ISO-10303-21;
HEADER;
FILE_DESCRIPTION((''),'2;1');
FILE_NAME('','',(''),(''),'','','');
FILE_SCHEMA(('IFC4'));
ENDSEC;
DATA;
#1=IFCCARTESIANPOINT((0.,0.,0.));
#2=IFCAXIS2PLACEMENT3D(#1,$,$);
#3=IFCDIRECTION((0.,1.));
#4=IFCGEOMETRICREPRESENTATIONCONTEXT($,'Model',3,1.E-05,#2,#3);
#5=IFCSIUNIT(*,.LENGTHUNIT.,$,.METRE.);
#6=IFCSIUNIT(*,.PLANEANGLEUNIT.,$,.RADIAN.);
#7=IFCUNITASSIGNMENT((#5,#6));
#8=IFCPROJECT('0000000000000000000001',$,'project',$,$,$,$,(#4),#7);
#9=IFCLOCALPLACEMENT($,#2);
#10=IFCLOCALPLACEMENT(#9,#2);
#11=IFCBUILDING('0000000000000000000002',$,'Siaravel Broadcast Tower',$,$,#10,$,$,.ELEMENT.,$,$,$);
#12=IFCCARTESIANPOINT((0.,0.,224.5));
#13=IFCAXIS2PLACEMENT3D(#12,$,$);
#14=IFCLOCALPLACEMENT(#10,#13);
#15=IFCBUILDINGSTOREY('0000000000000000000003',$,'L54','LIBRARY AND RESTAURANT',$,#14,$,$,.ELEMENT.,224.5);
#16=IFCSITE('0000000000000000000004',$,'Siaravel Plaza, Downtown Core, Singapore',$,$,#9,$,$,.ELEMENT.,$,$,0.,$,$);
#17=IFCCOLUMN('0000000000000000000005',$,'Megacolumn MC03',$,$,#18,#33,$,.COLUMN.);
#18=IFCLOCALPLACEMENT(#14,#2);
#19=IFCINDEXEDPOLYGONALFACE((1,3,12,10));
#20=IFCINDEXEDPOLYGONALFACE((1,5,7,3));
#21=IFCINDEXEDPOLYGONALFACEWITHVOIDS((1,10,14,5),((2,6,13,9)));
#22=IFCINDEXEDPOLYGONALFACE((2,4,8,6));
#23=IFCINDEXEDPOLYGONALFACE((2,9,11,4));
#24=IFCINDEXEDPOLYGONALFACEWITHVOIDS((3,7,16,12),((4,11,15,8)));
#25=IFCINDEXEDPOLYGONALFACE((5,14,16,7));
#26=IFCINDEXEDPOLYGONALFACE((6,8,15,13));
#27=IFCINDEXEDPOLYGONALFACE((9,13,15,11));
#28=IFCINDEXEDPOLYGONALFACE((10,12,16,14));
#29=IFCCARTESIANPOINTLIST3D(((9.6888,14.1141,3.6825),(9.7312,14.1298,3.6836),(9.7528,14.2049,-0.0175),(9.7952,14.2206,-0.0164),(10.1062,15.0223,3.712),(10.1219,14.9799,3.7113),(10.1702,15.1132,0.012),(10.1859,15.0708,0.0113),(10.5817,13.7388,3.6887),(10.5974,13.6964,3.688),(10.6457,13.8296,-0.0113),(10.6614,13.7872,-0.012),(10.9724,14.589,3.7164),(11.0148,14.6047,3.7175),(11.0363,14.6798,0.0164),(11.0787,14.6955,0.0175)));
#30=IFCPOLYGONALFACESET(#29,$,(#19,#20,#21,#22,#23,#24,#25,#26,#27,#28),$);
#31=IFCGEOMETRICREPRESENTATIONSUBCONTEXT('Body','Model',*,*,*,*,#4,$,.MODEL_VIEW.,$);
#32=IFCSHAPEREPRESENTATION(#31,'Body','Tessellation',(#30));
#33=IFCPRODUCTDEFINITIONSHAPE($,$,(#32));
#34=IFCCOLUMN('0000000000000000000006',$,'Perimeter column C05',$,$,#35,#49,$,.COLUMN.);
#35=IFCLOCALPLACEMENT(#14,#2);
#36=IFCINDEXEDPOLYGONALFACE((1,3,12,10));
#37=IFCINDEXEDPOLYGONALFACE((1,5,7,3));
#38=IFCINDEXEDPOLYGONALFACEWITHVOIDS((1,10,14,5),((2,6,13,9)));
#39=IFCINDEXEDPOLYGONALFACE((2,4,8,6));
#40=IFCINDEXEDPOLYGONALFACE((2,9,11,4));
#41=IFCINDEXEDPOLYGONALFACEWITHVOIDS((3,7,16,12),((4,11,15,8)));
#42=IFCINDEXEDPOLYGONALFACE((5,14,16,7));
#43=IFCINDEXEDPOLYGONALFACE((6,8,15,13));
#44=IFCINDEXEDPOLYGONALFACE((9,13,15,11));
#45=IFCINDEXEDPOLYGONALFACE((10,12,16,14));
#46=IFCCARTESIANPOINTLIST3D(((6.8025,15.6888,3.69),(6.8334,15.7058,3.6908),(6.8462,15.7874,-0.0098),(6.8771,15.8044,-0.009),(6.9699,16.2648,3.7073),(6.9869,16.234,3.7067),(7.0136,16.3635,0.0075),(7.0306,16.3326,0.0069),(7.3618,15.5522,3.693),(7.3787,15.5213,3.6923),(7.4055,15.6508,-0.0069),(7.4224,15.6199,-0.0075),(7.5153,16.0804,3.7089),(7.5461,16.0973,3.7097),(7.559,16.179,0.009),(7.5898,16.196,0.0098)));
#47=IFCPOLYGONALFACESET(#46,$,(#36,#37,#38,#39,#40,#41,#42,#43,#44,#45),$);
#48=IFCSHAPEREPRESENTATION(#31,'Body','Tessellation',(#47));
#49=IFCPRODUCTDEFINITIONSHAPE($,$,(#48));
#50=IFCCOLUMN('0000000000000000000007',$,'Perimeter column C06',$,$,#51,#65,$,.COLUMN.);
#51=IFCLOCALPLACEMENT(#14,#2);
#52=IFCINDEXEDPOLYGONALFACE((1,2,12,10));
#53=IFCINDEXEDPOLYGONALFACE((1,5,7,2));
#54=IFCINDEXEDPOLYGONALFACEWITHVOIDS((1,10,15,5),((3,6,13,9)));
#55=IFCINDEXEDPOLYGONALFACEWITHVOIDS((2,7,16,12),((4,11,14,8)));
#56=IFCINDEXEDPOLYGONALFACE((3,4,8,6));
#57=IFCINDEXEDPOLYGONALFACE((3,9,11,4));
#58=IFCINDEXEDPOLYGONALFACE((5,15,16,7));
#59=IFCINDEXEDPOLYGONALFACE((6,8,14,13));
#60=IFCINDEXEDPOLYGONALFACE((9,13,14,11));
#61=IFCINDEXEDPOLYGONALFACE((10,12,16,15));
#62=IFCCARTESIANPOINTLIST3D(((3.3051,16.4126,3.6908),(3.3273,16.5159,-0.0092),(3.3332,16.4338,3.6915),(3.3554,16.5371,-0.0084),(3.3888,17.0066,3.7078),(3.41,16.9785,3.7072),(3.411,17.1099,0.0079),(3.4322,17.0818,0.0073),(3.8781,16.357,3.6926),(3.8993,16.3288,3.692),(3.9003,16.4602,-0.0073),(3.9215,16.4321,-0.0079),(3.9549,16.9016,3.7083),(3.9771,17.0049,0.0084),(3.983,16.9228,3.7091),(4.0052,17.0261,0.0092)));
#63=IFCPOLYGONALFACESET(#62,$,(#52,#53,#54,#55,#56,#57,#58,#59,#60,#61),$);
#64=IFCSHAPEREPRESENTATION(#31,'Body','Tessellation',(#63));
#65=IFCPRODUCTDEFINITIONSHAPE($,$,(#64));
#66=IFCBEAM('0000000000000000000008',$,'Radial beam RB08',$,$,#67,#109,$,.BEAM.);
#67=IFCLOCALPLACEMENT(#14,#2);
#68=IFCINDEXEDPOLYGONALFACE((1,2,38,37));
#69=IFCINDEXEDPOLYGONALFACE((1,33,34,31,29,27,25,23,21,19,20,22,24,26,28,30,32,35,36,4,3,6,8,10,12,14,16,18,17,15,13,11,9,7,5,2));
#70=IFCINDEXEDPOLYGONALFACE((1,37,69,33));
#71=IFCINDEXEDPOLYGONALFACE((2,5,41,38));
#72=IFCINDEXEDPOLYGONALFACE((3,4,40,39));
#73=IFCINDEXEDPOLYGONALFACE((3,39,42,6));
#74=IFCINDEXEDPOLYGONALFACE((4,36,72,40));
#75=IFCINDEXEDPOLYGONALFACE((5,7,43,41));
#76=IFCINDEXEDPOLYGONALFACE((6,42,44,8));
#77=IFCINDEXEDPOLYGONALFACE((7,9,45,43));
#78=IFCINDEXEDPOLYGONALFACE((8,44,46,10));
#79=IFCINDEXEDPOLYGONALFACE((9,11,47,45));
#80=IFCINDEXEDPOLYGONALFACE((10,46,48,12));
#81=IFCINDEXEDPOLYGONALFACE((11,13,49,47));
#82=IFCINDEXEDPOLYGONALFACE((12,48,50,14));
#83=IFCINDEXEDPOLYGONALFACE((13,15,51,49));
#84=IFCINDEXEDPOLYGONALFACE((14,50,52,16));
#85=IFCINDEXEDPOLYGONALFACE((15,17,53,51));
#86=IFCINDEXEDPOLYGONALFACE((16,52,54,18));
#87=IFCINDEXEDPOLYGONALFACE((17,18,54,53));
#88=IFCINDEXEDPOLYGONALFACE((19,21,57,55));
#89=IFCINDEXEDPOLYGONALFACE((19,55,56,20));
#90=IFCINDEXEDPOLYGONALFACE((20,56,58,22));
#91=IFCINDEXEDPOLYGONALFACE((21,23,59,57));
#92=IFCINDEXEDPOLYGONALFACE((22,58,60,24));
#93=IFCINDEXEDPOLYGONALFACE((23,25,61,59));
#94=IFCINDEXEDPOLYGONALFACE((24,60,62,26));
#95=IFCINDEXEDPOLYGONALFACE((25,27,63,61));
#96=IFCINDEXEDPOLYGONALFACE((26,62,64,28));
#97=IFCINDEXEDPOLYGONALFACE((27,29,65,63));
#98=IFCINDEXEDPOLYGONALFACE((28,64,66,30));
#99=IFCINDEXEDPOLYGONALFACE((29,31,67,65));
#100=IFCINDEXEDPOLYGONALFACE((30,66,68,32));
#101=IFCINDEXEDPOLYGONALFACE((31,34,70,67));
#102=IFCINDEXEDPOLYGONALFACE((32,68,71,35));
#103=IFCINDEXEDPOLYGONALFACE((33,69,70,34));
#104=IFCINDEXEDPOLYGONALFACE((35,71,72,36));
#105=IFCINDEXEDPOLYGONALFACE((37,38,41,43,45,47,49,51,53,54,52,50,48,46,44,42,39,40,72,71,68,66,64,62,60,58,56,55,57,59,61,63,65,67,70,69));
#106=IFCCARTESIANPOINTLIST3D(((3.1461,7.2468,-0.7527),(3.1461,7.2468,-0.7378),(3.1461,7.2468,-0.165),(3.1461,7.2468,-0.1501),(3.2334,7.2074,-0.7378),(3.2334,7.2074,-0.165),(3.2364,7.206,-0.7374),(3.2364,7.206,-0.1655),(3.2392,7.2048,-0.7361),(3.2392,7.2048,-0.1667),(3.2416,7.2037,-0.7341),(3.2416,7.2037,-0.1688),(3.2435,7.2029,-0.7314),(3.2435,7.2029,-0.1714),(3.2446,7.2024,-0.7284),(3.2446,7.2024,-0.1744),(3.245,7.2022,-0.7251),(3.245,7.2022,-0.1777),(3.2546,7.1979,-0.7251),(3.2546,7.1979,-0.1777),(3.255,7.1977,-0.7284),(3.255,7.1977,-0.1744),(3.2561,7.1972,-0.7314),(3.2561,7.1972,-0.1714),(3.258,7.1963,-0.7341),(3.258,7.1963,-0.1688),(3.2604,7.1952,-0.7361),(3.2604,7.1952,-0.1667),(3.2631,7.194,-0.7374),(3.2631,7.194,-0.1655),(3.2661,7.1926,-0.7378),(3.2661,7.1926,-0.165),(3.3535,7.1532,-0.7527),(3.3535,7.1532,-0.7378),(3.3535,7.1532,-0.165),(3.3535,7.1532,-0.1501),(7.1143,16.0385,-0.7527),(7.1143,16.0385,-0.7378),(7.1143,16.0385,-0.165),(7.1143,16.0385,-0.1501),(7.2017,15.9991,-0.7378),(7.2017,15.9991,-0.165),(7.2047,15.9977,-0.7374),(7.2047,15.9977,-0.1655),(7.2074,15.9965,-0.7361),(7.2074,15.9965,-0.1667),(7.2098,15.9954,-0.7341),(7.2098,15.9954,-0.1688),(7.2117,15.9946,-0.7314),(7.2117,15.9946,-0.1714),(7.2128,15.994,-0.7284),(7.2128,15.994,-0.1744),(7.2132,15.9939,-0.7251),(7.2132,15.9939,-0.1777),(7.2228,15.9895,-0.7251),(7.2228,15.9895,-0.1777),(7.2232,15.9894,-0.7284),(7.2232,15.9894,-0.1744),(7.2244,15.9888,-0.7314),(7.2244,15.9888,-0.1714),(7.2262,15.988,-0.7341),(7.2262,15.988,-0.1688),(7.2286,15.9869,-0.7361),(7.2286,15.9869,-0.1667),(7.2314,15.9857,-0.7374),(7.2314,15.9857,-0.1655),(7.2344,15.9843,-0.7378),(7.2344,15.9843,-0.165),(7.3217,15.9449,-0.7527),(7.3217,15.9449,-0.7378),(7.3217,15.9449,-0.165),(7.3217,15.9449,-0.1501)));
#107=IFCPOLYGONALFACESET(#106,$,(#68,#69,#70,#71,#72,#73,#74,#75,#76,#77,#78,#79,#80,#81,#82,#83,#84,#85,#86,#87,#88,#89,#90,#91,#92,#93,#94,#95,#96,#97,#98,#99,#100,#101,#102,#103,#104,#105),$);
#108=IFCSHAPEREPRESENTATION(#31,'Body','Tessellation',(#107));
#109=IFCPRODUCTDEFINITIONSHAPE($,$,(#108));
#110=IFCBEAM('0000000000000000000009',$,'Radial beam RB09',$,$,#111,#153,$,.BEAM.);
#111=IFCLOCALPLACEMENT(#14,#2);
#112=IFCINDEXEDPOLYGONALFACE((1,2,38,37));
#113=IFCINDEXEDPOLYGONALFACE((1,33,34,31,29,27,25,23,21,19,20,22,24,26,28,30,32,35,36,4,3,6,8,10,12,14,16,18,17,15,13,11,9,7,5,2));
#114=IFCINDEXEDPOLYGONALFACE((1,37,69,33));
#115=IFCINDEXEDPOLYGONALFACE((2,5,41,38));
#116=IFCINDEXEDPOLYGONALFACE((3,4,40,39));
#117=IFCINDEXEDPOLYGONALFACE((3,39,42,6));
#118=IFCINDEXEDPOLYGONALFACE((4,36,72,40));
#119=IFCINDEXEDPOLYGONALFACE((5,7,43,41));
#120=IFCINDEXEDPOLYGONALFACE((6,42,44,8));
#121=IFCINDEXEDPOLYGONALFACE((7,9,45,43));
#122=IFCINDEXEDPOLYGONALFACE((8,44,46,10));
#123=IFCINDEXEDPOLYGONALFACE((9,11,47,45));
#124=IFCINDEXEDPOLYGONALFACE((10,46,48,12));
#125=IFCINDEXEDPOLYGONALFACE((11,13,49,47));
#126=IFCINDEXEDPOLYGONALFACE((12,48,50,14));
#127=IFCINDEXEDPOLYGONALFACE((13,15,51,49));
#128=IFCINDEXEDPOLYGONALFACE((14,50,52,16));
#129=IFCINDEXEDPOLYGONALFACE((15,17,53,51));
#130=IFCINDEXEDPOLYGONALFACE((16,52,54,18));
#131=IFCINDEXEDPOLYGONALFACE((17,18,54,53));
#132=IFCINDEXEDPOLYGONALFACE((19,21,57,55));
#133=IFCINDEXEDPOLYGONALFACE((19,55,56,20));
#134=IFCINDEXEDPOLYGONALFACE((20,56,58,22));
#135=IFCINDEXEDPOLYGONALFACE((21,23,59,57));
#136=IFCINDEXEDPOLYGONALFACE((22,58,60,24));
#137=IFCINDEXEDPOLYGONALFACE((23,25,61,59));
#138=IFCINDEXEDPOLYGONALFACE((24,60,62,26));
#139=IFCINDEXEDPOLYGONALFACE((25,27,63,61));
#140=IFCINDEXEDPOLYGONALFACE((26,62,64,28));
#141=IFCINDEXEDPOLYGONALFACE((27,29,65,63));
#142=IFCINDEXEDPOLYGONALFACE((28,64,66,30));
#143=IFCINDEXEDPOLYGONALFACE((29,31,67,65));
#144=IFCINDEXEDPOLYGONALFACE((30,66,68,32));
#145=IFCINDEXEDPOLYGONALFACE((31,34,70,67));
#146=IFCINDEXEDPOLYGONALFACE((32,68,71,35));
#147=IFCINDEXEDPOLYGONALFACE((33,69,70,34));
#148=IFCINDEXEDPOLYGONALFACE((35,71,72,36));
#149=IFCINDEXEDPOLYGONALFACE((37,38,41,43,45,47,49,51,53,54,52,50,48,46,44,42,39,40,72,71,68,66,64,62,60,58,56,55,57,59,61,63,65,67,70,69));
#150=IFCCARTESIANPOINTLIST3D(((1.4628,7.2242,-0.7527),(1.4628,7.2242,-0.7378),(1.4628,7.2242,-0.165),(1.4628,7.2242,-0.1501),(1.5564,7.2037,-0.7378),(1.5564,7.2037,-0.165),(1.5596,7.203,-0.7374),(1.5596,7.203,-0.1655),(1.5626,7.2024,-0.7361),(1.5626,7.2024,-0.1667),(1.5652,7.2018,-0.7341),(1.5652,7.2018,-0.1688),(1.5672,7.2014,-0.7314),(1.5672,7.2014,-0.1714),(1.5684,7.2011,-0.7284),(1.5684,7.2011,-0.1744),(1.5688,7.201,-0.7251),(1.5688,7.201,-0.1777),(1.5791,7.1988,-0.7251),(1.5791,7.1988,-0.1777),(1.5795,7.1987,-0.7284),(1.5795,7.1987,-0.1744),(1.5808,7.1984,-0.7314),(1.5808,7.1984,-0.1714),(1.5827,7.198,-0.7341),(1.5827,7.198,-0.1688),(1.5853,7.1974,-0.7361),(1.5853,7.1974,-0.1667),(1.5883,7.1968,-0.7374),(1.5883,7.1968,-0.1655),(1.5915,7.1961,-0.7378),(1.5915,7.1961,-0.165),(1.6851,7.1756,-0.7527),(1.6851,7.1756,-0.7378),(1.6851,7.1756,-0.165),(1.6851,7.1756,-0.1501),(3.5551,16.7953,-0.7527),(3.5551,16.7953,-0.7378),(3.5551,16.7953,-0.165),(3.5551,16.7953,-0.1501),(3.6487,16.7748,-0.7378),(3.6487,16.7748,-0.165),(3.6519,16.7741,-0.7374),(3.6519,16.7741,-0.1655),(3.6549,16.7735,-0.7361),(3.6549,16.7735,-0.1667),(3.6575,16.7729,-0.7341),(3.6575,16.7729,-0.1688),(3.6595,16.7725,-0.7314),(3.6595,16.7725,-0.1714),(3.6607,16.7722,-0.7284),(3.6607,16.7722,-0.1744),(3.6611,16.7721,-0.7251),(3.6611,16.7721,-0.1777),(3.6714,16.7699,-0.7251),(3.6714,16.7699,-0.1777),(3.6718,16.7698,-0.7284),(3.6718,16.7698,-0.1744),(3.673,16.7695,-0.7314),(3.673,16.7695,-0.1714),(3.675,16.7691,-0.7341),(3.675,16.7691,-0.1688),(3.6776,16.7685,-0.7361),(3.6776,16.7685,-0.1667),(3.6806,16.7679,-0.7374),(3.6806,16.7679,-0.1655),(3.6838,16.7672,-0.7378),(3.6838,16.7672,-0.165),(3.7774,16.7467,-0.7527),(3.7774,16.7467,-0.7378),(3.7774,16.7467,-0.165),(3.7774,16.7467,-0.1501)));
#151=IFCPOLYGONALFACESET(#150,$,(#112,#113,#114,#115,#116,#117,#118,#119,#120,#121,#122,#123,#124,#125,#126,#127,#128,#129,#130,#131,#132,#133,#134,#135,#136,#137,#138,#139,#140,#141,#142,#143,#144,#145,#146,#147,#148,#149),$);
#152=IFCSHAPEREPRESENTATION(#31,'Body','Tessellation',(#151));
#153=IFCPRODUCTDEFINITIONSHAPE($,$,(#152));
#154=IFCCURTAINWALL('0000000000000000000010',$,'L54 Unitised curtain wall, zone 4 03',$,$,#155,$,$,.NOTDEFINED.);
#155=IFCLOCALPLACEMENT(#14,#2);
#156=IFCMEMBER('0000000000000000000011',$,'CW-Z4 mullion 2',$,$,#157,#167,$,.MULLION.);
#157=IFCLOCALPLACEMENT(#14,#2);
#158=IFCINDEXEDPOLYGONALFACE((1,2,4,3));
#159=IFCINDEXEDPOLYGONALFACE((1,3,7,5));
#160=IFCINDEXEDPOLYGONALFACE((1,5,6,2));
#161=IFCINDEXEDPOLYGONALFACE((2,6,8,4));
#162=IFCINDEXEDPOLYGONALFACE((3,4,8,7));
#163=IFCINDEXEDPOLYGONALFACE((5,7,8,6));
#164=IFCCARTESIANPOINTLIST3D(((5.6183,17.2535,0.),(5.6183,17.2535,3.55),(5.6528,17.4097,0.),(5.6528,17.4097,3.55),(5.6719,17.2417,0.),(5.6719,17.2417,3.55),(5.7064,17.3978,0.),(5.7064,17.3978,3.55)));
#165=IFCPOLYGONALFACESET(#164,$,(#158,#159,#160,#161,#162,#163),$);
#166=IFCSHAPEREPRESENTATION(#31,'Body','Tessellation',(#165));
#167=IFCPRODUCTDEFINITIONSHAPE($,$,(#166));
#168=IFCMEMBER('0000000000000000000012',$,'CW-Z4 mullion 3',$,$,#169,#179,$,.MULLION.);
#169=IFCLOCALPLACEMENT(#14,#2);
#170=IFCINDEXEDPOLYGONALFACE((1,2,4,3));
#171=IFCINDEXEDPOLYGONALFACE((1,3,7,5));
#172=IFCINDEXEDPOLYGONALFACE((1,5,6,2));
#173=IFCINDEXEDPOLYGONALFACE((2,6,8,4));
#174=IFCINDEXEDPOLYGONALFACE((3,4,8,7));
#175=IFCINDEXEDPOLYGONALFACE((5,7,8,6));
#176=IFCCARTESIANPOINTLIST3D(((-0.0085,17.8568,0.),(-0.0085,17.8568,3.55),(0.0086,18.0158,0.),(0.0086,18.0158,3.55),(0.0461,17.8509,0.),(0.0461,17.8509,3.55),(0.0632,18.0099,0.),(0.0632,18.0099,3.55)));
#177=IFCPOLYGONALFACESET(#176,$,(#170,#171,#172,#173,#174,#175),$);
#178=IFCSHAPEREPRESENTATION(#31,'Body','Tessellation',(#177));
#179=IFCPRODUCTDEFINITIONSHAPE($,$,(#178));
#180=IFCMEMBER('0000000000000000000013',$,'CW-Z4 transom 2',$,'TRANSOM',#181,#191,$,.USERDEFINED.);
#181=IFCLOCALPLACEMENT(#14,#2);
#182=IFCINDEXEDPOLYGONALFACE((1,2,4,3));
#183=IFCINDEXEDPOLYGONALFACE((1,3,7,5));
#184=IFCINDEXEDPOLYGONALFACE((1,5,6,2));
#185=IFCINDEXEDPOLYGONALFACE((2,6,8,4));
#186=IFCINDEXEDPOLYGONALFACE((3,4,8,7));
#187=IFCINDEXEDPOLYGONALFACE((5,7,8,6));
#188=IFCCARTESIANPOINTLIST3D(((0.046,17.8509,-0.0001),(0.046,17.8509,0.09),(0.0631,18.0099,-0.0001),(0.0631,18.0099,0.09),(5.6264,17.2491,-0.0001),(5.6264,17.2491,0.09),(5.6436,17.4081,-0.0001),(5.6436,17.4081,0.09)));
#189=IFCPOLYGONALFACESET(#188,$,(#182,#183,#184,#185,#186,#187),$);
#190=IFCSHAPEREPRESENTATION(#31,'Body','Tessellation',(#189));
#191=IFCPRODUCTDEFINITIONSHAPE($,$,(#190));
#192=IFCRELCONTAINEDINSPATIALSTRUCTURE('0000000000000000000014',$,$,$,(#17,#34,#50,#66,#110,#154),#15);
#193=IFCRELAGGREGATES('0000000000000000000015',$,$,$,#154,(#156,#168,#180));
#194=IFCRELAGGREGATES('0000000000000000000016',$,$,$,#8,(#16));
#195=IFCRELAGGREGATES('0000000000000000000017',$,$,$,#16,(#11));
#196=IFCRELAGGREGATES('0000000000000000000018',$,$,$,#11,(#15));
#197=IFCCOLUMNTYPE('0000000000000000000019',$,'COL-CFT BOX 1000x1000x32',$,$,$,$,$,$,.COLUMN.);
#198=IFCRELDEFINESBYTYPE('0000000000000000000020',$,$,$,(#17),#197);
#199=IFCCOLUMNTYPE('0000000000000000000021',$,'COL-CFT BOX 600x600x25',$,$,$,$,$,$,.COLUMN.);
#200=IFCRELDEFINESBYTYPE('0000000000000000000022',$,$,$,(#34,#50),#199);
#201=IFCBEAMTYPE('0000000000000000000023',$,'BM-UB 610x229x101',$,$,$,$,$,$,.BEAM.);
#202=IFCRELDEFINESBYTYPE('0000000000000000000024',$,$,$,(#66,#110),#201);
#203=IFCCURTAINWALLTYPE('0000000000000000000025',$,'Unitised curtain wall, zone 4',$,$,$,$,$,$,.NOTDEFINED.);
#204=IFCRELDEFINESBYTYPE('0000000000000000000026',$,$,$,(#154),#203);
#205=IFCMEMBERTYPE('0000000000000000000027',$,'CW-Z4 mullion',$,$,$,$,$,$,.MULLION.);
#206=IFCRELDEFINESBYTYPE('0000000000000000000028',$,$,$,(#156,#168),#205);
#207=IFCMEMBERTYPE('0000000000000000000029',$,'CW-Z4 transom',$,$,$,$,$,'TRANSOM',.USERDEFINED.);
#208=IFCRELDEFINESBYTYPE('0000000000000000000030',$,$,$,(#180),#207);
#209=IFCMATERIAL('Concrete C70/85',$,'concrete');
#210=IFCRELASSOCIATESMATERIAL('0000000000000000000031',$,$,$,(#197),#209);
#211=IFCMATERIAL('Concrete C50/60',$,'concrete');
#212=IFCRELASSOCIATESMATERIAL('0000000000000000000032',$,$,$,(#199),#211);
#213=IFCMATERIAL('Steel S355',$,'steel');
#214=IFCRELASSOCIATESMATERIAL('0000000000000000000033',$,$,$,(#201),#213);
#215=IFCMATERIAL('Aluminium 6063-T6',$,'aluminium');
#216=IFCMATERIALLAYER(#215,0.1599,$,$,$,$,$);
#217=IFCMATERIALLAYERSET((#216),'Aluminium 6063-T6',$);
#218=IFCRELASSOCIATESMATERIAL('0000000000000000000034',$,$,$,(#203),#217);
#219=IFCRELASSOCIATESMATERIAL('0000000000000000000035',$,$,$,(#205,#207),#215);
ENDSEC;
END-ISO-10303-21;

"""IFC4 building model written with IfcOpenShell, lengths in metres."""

from ifc_helpers import new_model, si_unit, direction, frame, origin, origin_2d, place, context, subcontext, project, spatial, rectangle, hollow_rectangle, i_section, extrude, material, layer, layer_set, material_profile, profile_set, type_object, element, aggregate, save


model = new_model("IFC4")

# Units and contexts
model_context = context("Model", 3, precision=1e-05, world=origin(), true_north=direction((0.0, 1.0)))
body_context = subcontext(model_context, "Body", "Model", "MODEL_VIEW")
ifc_project = project(units=[si_unit("LENGTHUNIT", "METRE"), si_unit("PLANEANGLEUNIT", "RADIAN")], contexts=[model_context])

# Site, building, storey
site_placement = place(None, origin())
site = spatial("IfcSite", under=ifc_project, at=site_placement, Name="Siaravel Plaza, Downtown Core, Singapore", CompositionType="ELEMENT", RefElevation=0.0)
building_placement = place(site_placement, origin())
building = spatial("IfcBuilding", under=site, at=building_placement, Name="Siaravel Broadcast Tower", CompositionType="ELEMENT")
storey_placement = place(building_placement, frame((0.0, 0.0, 224.5)))
storey = spatial("IfcBuildingStorey", under=building, at=storey_placement, Name="L54", Description="LIBRARY AND RESTAURANT", CompositionType="ELEMENT", Elevation=224.5)

# Columns
ifc_material_1 = material(Name="Concrete C70/85", Category="concrete")
ifc_material_profile_1 = material_profile(ifc_material_1, hollow_rectangle(XDim=1.0, YDim=1.0, WallThickness=0.032, at=origin_2d()))
ifc_profile_set_1 = profile_set([ifc_material_profile_1], Name="Concrete C70/85")
column_type_1 = type_object("IfcColumnType", Name="COL-CFT BOX 1000x1000x32", PredefinedType="COLUMN", material=ifc_profile_set_1)
column_placement = place(storey_placement, frame((10.4158, 14.4502, 0.0), z_axis=(-0.01728, -0.024535, 0.99955), x_axis=(0.908584, -0.417666, 0.005455)))
element("IfcColumn", 1, at=column_placement, inside=storey, type_object=column_type_1, Name="Megacolumn MC03", PredefinedType="COLUMN", context=body_context, shape_type="SweptSolid", body=[
    extrude(hollow_rectangle(XDim=1.0, YDim=1.0, WallThickness=0.032, at=origin_2d()), origin(), (0.0, 0.0, 1.0), 3.7017),
])
ifc_material_2 = material(Name="Concrete C50/60", Category="concrete")
ifc_material_profile_2 = material_profile(ifc_material_2, hollow_rectangle(XDim=0.6001, YDim=0.6001, WallThickness=0.0249, at=origin_2d()))
ifc_profile_set_2 = profile_set([ifc_material_profile_2], Name="Concrete C50/60")
column_type_2 = type_object("IfcColumnType", Name="COL-CFT BOX 600x600x25", PredefinedType="COLUMN", material=ifc_profile_set_2)
for number, where, z_axis, x_axis, name in (
    (2, (7.218, 15.9917, 0.0), (-0.011806, -0.026647, 0.999575), (0.960243, -0.279138, 0.0039), "Perimeter column C05"),
    (3, (3.6663, 16.771, 0.0), (-0.006002, -0.0279, 0.999593), (0.990194, -0.139686, 0.002047), "Perimeter column C06"),
):
    element("IfcColumn", number, at=place(storey_placement, frame(where, z_axis=z_axis, x_axis=x_axis)), inside=storey, type_object=column_type_2, Name=name, PredefinedType="COLUMN", context=body_context, shape_type="SweptSolid", body=[
        extrude(hollow_rectangle(XDim=0.6001, YDim=0.6001, WallThickness=0.0249, at=origin_2d()), origin(), (0.0, 0.0, 1.0), 3.7014),
    ])

# Beams
ifc_material_3 = material(Name="Steel S355", Category="steel")
ifc_material_profile_3 = material_profile(ifc_material_3, i_section(OverallWidth=0.2275, OverallDepth=0.6025, WebThickness=0.0105, FlangeThickness=0.0149, FilletRadius=0.0127, at=origin_2d()))
ifc_profile_set_3 = profile_set([ifc_material_profile_3], Name="Steel S355")
beam_type = type_object("IfcBeamType", Name="BM-UB 610x229x101", PredefinedType="BEAM", material=ifc_profile_set_3)
beam_1_placement = place(storey_placement, frame((7.218, 15.9917, -0.4514), z_axis=(-0.411397, -0.911456, 0.0), x_axis=(0.911456, -0.411397, 0.0)))
element("IfcBeam", 4, at=beam_1_placement, inside=storey, type_object=beam_type, Name="Radial beam RB08", PredefinedType="BEAM", context=body_context, shape_type="SweptSolid", body=[
    extrude(i_section(OverallWidth=0.2275, OverallDepth=0.6025, WebThickness=0.0105, FlangeThickness=0.0149, FilletRadius=0.0127, at=origin_2d()), origin(), (0.0, 0.0, 1.0), 9.6458),
])
beam_2_placement = place(storey_placement, frame((3.6663, 16.771, -0.4514), z_axis=(-0.213562, -0.976929, 0.0), x_axis=(0.976929, -0.213562, 0.0)))
element("IfcBeam", 5, at=beam_2_placement, inside=storey, type_object=beam_type, Name="Radial beam RB09", PredefinedType="BEAM", context=body_context, shape_type="SweptSolid", body=[
    extrude(i_section(OverallWidth=0.2275, OverallDepth=0.6025, WebThickness=0.0105, FlangeThickness=0.0149, FilletRadius=0.0127, at=origin_2d()), origin(), (0.0, 0.0, 1.0), 9.7971),
])

# Curtain wall, members
ifc_material_4 = material(Name="Aluminium 6063-T6", Category="aluminium")
ifc_layer_1 = layer(ifc_material_4, 0.1599)
ifc_layer_set_1 = layer_set([ifc_layer_1], Name="Aluminium 6063-T6")
curtain_wall_type = type_object("IfcCurtainWallType", Name="Unitised curtain wall, zone 4", PredefinedType="NOTDEFINED", material=ifc_layer_set_1)
curtain_wall_placement = place(storey_placement, origin())
curtain_wall = element("IfcCurtainWall", 6, at=curtain_wall_placement, inside=storey, type_object=curtain_wall_type, Name="L54 Unitised curtain wall, zone 4 03", PredefinedType="NOTDEFINED")
ifc_material_profile_4 = material_profile(ifc_material_4, rectangle(XDim=0.1599, YDim=0.0549, at=origin_2d()))
ifc_profile_set_4 = profile_set([ifc_material_profile_4], Name="Aluminium 6063-T6")
member_type_1 = type_object("IfcMemberType", Name="CW-Z4 mullion", PredefinedType="MULLION", material=ifc_profile_set_4)
member_1_placement = place(storey_placement, frame((5.6624, 17.3257, 0.0), z_axis=(0.0, 0.0, 1.0), x_axis=(-0.215558, -0.976491, 0.0)))
member_1 = element("IfcMember", 7, at=member_1_placement, type_object=member_type_1, Name="CW-Z4 mullion 2", PredefinedType="MULLION", context=body_context, shape_type="SweptSolid", body=[
    extrude(rectangle(XDim=0.1599, YDim=0.0549, at=origin_2d()), origin(), (0.0, 0.0, 1.0), 3.55),
])
member_2_placement = place(storey_placement, frame((0.0273, 17.9333, 0.0), z_axis=(0.0, 0.0, 1.0), x_axis=(-0.107218, -0.994236, 0.0)))
member_2 = element("IfcMember", 8, at=member_2_placement, type_object=member_type_1, Name="CW-Z4 mullion 3", PredefinedType="MULLION", context=body_context, shape_type="SweptSolid", body=[
    extrude(rectangle(XDim=0.1599, YDim=0.0549, at=origin_2d()), origin(), (0.0, 0.0, 1.0), 3.55),
])
ifc_material_profile_5 = material_profile(ifc_material_4, rectangle(XDim=0.1599, YDim=0.0901, at=origin_2d()))
ifc_profile_set_5 = profile_set([ifc_material_profile_5], Name="Aluminium 6063-T6")
member_type_2 = type_object("IfcMemberType", Name="CW-Z4 transom", ElementType="TRANSOM", PredefinedType="USERDEFINED", material=ifc_profile_set_5)
member_3_placement = place(storey_placement, frame((5.635, 17.3286, 0.0449), z_axis=(-0.994235, 0.107223, 0.0), x_axis=(-0.107223, -0.994235, 0.0)))
member_3 = element("IfcMember", 9, at=member_3_placement, type_object=member_type_2, Name="CW-Z4 transom 2", ObjectType="TRANSOM", PredefinedType="USERDEFINED", context=body_context, shape_type="SweptSolid", body=[
    extrude(rectangle(XDim=0.1599, YDim=0.0901, at=origin_2d()), origin(), (0.0, 0.0, 1.0), 5.6128),
])
aggregate(curtain_wall, [member_1, member_2, member_3])

save(model, "model.ifc")
